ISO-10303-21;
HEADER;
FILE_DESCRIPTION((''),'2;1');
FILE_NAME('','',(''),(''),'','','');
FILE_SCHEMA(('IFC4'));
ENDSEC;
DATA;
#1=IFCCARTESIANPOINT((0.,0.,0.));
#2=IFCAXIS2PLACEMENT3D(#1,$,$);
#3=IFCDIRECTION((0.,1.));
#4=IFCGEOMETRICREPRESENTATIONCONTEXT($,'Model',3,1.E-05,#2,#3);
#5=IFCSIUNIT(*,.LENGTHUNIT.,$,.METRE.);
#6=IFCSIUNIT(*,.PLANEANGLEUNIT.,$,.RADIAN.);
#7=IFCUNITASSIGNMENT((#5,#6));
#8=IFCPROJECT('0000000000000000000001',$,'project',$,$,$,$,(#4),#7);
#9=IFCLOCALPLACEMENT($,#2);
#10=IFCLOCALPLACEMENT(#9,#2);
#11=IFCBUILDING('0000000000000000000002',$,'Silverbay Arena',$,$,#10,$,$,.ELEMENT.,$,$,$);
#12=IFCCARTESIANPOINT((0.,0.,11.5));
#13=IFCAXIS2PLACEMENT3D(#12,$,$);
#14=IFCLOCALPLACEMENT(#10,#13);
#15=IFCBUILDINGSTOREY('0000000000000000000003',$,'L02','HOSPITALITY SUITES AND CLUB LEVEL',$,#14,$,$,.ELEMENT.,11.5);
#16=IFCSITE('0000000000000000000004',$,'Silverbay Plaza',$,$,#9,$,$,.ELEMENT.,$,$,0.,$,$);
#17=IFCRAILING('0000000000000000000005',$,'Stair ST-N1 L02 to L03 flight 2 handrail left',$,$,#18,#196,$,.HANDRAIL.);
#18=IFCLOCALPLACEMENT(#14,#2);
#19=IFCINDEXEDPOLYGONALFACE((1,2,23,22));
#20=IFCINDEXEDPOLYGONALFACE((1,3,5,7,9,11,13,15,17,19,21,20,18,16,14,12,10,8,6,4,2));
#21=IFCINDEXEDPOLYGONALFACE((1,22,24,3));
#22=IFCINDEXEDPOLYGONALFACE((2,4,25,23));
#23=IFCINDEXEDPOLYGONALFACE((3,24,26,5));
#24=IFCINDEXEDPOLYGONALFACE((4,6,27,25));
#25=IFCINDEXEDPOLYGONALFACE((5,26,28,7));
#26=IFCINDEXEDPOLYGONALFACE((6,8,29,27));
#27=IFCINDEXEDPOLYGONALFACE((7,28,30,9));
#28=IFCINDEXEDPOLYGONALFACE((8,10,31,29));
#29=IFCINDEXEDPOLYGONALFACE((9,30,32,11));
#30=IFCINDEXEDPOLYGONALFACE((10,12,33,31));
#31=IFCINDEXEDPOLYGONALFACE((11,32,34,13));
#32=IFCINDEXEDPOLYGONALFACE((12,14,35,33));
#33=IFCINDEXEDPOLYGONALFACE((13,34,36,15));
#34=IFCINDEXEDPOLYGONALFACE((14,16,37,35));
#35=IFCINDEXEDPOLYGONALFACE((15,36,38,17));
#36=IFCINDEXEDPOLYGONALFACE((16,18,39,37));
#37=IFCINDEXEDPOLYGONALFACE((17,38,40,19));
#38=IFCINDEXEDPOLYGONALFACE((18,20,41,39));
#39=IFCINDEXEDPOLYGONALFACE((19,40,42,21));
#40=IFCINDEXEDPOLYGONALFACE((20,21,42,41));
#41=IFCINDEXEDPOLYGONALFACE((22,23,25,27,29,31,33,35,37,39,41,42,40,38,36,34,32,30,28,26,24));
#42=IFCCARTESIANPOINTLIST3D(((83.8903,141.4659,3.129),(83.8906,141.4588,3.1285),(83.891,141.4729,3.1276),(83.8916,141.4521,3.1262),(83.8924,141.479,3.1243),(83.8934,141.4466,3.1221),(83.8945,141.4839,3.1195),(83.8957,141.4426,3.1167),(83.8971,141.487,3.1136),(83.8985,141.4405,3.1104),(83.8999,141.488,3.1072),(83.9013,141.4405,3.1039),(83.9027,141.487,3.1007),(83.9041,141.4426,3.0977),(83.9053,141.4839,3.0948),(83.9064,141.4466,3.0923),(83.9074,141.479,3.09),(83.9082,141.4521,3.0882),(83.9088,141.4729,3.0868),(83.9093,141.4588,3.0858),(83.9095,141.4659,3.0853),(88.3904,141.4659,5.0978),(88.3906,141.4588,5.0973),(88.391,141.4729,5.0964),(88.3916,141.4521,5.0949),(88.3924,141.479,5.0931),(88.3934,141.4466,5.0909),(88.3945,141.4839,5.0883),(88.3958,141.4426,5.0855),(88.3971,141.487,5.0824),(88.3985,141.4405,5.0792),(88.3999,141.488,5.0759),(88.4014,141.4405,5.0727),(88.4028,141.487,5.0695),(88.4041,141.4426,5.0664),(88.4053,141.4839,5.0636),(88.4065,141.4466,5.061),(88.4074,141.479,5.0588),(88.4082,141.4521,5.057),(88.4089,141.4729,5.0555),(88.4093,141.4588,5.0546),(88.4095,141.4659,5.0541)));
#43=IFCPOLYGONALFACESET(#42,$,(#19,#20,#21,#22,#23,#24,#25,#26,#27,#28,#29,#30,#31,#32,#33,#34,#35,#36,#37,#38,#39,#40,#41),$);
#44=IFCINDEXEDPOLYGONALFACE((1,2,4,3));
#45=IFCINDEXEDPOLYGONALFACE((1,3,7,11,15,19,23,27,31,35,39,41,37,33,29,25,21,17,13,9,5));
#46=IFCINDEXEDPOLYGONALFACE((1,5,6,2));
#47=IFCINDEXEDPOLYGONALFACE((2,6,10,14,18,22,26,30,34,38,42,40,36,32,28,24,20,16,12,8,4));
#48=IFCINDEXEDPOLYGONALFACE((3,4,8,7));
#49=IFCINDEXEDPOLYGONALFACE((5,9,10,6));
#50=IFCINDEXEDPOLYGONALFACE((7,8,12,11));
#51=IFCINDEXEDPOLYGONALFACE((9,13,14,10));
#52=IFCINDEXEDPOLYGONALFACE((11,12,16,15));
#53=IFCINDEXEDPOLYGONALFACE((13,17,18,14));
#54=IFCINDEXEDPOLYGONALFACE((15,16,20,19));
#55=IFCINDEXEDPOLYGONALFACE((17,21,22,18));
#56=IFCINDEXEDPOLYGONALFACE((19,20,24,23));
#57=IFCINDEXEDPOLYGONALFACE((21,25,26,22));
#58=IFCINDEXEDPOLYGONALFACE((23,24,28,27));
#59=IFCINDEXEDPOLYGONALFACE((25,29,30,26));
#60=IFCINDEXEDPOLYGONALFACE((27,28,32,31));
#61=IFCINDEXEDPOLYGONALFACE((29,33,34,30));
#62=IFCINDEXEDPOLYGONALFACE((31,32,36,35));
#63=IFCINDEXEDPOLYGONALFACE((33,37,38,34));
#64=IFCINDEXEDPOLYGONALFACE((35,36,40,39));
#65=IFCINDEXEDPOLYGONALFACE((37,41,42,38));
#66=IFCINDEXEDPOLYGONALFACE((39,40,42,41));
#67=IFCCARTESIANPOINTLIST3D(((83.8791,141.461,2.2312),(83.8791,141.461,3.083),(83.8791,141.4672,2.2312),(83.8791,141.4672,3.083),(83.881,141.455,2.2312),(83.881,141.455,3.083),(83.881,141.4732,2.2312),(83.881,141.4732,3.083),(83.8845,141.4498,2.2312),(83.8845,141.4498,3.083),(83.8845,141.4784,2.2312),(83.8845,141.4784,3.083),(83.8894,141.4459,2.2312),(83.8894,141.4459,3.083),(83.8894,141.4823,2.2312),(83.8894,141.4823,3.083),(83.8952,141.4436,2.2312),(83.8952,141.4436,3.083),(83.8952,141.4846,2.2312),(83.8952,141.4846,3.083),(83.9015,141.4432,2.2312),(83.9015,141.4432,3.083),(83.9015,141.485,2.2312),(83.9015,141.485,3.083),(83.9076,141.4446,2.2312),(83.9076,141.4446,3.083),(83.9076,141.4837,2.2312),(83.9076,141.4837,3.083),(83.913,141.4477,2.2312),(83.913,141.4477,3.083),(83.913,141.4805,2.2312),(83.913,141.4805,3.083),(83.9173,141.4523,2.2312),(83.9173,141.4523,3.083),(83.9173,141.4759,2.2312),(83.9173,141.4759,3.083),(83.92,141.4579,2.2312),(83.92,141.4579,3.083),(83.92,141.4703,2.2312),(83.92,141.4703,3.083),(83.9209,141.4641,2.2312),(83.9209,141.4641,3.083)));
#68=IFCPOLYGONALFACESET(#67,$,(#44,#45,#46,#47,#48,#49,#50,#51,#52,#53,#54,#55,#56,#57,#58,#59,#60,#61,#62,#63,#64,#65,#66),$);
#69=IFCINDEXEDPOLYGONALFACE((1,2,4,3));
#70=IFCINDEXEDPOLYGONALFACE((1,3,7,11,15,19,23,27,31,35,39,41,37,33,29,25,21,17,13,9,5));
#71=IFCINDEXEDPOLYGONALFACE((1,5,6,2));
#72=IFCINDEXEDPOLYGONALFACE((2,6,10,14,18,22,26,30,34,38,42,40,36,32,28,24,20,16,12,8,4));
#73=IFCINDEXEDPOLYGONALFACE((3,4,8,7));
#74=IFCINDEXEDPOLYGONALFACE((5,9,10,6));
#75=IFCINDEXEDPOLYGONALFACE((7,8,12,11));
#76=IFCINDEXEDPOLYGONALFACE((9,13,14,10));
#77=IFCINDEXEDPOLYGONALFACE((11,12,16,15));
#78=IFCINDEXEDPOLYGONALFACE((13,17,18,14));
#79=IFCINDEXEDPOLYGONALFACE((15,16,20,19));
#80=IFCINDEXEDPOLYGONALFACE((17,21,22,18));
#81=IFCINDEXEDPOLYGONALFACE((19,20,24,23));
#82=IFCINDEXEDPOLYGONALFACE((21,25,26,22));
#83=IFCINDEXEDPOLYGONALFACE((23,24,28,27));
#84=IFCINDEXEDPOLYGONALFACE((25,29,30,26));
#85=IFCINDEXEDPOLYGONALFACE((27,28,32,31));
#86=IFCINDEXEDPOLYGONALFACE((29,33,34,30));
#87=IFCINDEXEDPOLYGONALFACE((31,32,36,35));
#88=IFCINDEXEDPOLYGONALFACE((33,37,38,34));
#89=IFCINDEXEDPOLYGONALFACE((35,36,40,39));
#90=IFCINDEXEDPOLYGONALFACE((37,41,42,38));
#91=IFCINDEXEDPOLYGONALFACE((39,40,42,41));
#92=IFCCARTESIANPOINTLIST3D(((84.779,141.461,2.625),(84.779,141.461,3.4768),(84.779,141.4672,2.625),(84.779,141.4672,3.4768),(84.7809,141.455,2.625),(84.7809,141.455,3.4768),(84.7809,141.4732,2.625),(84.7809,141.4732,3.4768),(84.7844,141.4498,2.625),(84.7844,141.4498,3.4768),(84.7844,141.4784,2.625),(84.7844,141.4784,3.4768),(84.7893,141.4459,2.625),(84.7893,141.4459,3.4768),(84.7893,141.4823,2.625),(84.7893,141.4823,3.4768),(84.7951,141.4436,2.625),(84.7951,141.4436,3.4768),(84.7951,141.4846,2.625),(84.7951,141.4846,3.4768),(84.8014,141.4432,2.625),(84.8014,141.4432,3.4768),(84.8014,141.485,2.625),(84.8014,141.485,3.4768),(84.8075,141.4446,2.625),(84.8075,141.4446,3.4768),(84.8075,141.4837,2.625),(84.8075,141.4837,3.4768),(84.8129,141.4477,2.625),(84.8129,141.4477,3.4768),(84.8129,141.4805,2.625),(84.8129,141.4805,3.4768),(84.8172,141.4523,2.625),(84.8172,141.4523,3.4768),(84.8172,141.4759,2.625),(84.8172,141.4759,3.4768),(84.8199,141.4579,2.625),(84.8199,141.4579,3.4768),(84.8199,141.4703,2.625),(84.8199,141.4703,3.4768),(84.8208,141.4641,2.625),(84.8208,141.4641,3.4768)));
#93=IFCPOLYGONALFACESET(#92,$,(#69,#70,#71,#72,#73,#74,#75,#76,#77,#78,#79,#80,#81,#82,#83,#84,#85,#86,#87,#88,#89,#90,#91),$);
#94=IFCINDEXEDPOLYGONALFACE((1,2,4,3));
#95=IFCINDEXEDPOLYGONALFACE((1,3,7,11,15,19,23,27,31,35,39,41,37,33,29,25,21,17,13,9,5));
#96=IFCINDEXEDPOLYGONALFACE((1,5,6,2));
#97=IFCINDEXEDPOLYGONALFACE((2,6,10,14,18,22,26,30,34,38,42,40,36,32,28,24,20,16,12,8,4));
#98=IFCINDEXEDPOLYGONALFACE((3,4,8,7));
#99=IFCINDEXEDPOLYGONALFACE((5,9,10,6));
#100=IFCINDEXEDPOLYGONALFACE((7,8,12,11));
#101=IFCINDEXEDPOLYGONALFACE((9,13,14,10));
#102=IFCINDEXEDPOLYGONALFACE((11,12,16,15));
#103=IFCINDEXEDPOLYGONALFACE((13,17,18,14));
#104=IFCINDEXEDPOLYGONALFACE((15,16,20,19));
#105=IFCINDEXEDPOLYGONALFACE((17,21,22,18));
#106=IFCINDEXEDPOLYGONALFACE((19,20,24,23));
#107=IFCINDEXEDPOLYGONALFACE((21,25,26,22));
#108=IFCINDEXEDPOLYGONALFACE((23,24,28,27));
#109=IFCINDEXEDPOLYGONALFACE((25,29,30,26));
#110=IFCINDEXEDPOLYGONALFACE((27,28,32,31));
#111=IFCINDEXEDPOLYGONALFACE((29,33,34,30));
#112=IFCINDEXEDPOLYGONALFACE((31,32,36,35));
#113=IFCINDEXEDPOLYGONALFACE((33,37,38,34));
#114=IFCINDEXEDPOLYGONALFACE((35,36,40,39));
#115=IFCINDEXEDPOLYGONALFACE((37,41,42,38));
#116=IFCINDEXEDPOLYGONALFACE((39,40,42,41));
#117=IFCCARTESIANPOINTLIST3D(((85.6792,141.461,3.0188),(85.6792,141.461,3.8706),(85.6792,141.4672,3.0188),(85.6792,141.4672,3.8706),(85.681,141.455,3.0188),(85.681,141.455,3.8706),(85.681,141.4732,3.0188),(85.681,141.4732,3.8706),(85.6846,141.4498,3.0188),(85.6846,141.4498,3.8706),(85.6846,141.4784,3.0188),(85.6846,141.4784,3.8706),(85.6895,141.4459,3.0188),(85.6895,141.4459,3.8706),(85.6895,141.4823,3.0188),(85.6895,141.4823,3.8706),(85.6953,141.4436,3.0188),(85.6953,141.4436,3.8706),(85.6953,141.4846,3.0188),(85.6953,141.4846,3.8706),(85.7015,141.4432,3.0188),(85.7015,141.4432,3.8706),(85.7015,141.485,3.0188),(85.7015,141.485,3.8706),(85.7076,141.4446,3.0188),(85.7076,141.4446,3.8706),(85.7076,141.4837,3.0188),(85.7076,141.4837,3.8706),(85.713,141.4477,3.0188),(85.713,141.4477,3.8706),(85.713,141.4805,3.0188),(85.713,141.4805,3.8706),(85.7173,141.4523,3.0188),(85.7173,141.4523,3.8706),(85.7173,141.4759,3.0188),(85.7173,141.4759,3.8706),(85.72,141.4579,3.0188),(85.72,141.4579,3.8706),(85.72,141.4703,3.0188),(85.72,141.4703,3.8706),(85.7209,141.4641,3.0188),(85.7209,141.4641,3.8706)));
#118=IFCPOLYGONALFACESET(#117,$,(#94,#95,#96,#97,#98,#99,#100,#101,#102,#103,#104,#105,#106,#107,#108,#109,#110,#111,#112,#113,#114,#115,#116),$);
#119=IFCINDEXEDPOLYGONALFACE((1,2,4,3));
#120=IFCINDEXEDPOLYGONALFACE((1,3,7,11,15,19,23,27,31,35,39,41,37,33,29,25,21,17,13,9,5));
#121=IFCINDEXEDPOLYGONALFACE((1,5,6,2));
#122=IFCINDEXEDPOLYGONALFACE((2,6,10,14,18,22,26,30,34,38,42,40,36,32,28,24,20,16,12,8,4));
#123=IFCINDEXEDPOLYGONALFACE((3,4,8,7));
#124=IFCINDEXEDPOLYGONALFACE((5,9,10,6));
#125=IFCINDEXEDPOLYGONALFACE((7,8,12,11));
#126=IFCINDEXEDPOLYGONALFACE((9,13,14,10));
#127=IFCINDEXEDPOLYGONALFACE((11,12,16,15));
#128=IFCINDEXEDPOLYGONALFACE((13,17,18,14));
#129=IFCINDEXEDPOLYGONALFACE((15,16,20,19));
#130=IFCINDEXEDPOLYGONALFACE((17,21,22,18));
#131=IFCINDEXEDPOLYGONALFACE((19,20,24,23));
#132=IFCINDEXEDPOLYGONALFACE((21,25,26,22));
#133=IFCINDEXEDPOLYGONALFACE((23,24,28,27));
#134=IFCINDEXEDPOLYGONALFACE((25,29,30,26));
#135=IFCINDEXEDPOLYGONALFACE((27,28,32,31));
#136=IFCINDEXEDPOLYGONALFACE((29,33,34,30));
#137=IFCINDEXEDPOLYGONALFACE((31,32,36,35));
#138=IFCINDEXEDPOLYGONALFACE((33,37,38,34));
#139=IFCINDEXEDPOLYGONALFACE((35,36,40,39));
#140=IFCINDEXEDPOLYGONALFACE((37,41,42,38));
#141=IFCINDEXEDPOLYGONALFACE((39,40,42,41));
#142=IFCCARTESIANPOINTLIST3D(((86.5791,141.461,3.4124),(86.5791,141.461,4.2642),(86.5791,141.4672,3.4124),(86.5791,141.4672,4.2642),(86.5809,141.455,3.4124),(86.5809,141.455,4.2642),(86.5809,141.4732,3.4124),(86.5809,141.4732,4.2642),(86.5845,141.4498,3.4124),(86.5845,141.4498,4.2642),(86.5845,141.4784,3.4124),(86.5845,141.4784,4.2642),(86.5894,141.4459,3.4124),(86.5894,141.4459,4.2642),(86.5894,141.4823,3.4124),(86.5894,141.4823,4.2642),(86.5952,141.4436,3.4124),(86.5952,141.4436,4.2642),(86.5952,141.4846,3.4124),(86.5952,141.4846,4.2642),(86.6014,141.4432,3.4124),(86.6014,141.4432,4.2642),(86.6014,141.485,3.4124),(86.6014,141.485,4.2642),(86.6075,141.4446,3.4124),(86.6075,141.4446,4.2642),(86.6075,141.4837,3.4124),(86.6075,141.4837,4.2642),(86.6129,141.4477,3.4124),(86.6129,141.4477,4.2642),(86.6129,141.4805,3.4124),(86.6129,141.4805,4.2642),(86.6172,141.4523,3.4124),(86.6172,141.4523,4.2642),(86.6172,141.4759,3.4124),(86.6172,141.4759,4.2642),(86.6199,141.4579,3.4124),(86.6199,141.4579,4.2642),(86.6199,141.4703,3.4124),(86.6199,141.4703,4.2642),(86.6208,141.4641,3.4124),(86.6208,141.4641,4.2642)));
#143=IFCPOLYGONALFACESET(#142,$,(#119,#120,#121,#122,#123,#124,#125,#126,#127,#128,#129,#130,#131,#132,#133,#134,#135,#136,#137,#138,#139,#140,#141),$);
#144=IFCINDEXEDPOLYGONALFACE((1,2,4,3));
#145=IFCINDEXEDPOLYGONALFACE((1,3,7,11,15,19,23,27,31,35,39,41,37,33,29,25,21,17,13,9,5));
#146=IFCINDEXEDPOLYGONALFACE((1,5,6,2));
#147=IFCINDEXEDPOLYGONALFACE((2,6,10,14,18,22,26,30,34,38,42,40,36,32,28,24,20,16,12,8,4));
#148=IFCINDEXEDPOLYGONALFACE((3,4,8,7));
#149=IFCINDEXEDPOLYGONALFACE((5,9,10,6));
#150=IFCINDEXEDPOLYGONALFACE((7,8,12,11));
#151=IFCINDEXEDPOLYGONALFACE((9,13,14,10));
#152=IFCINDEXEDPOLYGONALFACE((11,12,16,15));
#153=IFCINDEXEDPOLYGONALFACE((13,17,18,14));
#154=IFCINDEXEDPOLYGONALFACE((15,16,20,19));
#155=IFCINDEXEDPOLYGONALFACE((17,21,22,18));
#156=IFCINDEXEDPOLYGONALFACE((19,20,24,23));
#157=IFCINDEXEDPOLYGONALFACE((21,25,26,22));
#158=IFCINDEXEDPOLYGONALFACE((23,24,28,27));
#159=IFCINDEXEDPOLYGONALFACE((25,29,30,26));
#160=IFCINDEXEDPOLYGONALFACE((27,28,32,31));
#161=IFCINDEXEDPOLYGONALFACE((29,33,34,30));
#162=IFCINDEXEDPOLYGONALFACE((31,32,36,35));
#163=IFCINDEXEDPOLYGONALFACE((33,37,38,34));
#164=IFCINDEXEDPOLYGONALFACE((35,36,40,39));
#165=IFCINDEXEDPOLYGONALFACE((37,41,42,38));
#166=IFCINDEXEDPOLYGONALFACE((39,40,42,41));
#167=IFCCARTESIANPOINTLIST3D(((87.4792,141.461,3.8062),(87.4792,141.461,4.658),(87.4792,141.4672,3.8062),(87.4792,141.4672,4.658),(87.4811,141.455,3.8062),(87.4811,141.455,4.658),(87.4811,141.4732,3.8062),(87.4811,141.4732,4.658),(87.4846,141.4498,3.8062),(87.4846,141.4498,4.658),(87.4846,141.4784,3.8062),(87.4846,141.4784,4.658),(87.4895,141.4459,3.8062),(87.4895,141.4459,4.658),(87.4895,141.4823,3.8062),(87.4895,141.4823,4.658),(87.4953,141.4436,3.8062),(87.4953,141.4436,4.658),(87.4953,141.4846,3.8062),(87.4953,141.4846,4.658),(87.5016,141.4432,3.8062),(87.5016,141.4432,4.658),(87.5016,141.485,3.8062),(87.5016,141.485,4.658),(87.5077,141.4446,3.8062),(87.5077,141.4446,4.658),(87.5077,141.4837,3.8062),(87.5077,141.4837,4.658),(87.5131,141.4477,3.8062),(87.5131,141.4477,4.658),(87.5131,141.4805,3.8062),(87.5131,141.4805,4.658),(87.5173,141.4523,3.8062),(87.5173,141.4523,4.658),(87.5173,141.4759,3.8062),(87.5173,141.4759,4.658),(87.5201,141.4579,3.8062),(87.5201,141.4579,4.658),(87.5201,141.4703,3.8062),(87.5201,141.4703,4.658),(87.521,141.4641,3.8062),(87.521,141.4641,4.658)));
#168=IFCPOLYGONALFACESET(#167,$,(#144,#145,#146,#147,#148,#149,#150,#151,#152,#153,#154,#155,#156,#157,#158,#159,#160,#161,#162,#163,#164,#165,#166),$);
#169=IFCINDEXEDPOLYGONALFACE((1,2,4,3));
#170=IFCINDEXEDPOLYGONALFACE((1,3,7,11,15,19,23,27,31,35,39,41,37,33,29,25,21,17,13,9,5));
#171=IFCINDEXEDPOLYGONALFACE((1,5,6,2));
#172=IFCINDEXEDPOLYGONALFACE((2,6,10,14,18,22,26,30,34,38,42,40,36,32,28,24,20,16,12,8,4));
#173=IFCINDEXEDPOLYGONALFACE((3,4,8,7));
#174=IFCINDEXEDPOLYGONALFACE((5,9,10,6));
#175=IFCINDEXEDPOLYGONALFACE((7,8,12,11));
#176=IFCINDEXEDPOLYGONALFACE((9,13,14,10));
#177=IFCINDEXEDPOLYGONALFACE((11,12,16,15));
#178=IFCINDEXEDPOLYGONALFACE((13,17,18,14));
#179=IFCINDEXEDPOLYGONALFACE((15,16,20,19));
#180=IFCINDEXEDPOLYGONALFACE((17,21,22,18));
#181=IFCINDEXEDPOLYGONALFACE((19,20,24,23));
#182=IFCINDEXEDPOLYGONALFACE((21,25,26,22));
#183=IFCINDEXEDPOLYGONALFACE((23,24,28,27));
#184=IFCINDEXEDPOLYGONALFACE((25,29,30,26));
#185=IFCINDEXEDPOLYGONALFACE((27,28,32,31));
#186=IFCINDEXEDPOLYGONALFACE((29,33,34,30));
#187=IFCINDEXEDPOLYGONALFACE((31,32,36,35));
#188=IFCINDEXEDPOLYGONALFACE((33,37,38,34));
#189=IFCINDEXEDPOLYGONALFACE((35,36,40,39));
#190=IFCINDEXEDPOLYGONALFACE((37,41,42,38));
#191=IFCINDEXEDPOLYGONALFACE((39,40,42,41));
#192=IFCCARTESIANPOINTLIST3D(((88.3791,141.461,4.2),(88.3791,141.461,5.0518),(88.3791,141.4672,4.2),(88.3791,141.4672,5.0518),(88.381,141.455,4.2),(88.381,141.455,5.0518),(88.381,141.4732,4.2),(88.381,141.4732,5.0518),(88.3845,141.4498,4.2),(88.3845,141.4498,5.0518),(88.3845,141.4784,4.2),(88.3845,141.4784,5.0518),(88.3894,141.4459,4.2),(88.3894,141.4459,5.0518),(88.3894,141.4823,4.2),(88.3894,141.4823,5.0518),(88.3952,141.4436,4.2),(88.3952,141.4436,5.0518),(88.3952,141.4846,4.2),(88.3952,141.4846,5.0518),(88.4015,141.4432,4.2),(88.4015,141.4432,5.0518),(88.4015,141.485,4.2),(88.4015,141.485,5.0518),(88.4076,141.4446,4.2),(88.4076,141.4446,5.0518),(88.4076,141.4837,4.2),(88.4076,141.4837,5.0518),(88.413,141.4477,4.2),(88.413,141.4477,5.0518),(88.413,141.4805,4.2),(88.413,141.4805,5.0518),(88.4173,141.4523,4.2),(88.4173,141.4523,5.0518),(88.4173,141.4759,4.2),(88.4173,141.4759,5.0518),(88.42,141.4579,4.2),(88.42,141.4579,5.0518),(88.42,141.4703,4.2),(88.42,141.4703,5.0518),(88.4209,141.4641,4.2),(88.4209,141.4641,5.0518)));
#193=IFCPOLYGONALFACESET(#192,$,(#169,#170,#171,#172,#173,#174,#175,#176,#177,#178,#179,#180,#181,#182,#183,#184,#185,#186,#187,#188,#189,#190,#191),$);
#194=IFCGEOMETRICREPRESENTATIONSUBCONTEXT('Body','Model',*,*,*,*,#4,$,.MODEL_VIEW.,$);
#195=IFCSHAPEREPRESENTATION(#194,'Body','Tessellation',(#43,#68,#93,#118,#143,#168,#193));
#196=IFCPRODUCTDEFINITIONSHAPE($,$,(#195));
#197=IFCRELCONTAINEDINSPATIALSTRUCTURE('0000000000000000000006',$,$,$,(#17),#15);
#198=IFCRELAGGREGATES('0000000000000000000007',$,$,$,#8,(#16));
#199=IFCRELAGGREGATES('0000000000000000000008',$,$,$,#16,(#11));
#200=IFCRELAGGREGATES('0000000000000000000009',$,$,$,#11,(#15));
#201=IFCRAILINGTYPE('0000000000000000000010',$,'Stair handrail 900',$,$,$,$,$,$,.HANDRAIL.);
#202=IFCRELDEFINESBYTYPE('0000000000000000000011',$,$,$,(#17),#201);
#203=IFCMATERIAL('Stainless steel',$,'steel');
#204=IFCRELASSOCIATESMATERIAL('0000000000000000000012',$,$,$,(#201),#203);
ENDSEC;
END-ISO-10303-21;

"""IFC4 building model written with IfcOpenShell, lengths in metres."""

from ifc_helpers import new_model, si_unit, direction, frame, origin, origin_2d, place, context, subcontext, project, spatial, circle, extrude, material, type_object, element, save


model = new_model("IFC4")

# Units and contexts
model_context = context("Model", 3, precision=1e-05, world=origin(), true_north=direction((0.0, 1.0)))
body_context = subcontext(model_context, "Body", "Model", "MODEL_VIEW")
ifc_project = project(units=[si_unit("LENGTHUNIT", "METRE"), si_unit("PLANEANGLEUNIT", "RADIAN")], contexts=[model_context])

# Site, building, storey
site_placement = place(None, origin())
site = spatial("IfcSite", under=ifc_project, at=site_placement, Name="Silverbay Plaza", CompositionType="ELEMENT", RefElevation=0.0)
building_placement = place(site_placement, origin())
building = spatial("IfcBuilding", under=site, at=building_placement, Name="Silverbay Arena", CompositionType="ELEMENT")
storey_placement = place(building_placement, frame((0.0, 0.0, 11.5)))
storey = spatial("IfcBuildingStorey", under=building, at=storey_placement, Name="L02", Description="HOSPITALITY SUITES AND CLUB LEVEL", CompositionType="ELEMENT", Elevation=11.5)

# Railing
ifc_material_1 = material(Name="Stainless steel", Category="steel")
railing_type_1 = type_object("IfcRailingType", Name="Stair handrail 900", PredefinedType="HANDRAIL", material=ifc_material_1)
for number, where, name in (
    (1, (83.8999, 141.4641, 2.2312), "Stair ST-N1 L02 to L03 flight 2 handrail left"),
):
    element("IfcRailing", number, at=place(storey_placement, frame(where)), inside=storey, type_object=railing_type_1, Name=name, PredefinedType="HANDRAIL", context=body_context, shape_type="SweptSolid", body=[
        extrude(circle(Radius=0.0239, at=origin_2d()), frame((0.0, 0.0, 0.876), z_axis=(0.916157, 0.0, 0.400819), x_axis=(0.0, 1.0, 0.0)), (0.0, 0.0, 1.0), 4.9119),
        extrude(circle(Radius=0.021, at=origin_2d()), origin(), (0.0, 0.0, 1.0), 0.8518),
        extrude(circle(Radius=0.021, at=origin_2d()), frame((0.8999, 0.0, 0.3938)), (0.0, 0.0, 1.0), 0.8518),
        extrude(circle(Radius=0.021, at=origin_2d()), frame((1.8, 0.0, 0.7876)), (0.0, 0.0, 1.0), 0.8518),
        extrude(circle(Radius=0.021, at=origin_2d()), frame((2.7, 0.0, 1.1812)), (0.0, 0.0, 1.0), 0.8518),
        extrude(circle(Radius=0.021, at=origin_2d()), frame((3.6001, 0.0, 1.575)), (0.0, 0.0, 1.0), 0.8518),
        extrude(circle(Radius=0.021, at=origin_2d()), frame((4.5, 0.0, 1.9688)), (0.0, 0.0, 1.0), 0.8518),
    ])

save(model, "model.ifc")
